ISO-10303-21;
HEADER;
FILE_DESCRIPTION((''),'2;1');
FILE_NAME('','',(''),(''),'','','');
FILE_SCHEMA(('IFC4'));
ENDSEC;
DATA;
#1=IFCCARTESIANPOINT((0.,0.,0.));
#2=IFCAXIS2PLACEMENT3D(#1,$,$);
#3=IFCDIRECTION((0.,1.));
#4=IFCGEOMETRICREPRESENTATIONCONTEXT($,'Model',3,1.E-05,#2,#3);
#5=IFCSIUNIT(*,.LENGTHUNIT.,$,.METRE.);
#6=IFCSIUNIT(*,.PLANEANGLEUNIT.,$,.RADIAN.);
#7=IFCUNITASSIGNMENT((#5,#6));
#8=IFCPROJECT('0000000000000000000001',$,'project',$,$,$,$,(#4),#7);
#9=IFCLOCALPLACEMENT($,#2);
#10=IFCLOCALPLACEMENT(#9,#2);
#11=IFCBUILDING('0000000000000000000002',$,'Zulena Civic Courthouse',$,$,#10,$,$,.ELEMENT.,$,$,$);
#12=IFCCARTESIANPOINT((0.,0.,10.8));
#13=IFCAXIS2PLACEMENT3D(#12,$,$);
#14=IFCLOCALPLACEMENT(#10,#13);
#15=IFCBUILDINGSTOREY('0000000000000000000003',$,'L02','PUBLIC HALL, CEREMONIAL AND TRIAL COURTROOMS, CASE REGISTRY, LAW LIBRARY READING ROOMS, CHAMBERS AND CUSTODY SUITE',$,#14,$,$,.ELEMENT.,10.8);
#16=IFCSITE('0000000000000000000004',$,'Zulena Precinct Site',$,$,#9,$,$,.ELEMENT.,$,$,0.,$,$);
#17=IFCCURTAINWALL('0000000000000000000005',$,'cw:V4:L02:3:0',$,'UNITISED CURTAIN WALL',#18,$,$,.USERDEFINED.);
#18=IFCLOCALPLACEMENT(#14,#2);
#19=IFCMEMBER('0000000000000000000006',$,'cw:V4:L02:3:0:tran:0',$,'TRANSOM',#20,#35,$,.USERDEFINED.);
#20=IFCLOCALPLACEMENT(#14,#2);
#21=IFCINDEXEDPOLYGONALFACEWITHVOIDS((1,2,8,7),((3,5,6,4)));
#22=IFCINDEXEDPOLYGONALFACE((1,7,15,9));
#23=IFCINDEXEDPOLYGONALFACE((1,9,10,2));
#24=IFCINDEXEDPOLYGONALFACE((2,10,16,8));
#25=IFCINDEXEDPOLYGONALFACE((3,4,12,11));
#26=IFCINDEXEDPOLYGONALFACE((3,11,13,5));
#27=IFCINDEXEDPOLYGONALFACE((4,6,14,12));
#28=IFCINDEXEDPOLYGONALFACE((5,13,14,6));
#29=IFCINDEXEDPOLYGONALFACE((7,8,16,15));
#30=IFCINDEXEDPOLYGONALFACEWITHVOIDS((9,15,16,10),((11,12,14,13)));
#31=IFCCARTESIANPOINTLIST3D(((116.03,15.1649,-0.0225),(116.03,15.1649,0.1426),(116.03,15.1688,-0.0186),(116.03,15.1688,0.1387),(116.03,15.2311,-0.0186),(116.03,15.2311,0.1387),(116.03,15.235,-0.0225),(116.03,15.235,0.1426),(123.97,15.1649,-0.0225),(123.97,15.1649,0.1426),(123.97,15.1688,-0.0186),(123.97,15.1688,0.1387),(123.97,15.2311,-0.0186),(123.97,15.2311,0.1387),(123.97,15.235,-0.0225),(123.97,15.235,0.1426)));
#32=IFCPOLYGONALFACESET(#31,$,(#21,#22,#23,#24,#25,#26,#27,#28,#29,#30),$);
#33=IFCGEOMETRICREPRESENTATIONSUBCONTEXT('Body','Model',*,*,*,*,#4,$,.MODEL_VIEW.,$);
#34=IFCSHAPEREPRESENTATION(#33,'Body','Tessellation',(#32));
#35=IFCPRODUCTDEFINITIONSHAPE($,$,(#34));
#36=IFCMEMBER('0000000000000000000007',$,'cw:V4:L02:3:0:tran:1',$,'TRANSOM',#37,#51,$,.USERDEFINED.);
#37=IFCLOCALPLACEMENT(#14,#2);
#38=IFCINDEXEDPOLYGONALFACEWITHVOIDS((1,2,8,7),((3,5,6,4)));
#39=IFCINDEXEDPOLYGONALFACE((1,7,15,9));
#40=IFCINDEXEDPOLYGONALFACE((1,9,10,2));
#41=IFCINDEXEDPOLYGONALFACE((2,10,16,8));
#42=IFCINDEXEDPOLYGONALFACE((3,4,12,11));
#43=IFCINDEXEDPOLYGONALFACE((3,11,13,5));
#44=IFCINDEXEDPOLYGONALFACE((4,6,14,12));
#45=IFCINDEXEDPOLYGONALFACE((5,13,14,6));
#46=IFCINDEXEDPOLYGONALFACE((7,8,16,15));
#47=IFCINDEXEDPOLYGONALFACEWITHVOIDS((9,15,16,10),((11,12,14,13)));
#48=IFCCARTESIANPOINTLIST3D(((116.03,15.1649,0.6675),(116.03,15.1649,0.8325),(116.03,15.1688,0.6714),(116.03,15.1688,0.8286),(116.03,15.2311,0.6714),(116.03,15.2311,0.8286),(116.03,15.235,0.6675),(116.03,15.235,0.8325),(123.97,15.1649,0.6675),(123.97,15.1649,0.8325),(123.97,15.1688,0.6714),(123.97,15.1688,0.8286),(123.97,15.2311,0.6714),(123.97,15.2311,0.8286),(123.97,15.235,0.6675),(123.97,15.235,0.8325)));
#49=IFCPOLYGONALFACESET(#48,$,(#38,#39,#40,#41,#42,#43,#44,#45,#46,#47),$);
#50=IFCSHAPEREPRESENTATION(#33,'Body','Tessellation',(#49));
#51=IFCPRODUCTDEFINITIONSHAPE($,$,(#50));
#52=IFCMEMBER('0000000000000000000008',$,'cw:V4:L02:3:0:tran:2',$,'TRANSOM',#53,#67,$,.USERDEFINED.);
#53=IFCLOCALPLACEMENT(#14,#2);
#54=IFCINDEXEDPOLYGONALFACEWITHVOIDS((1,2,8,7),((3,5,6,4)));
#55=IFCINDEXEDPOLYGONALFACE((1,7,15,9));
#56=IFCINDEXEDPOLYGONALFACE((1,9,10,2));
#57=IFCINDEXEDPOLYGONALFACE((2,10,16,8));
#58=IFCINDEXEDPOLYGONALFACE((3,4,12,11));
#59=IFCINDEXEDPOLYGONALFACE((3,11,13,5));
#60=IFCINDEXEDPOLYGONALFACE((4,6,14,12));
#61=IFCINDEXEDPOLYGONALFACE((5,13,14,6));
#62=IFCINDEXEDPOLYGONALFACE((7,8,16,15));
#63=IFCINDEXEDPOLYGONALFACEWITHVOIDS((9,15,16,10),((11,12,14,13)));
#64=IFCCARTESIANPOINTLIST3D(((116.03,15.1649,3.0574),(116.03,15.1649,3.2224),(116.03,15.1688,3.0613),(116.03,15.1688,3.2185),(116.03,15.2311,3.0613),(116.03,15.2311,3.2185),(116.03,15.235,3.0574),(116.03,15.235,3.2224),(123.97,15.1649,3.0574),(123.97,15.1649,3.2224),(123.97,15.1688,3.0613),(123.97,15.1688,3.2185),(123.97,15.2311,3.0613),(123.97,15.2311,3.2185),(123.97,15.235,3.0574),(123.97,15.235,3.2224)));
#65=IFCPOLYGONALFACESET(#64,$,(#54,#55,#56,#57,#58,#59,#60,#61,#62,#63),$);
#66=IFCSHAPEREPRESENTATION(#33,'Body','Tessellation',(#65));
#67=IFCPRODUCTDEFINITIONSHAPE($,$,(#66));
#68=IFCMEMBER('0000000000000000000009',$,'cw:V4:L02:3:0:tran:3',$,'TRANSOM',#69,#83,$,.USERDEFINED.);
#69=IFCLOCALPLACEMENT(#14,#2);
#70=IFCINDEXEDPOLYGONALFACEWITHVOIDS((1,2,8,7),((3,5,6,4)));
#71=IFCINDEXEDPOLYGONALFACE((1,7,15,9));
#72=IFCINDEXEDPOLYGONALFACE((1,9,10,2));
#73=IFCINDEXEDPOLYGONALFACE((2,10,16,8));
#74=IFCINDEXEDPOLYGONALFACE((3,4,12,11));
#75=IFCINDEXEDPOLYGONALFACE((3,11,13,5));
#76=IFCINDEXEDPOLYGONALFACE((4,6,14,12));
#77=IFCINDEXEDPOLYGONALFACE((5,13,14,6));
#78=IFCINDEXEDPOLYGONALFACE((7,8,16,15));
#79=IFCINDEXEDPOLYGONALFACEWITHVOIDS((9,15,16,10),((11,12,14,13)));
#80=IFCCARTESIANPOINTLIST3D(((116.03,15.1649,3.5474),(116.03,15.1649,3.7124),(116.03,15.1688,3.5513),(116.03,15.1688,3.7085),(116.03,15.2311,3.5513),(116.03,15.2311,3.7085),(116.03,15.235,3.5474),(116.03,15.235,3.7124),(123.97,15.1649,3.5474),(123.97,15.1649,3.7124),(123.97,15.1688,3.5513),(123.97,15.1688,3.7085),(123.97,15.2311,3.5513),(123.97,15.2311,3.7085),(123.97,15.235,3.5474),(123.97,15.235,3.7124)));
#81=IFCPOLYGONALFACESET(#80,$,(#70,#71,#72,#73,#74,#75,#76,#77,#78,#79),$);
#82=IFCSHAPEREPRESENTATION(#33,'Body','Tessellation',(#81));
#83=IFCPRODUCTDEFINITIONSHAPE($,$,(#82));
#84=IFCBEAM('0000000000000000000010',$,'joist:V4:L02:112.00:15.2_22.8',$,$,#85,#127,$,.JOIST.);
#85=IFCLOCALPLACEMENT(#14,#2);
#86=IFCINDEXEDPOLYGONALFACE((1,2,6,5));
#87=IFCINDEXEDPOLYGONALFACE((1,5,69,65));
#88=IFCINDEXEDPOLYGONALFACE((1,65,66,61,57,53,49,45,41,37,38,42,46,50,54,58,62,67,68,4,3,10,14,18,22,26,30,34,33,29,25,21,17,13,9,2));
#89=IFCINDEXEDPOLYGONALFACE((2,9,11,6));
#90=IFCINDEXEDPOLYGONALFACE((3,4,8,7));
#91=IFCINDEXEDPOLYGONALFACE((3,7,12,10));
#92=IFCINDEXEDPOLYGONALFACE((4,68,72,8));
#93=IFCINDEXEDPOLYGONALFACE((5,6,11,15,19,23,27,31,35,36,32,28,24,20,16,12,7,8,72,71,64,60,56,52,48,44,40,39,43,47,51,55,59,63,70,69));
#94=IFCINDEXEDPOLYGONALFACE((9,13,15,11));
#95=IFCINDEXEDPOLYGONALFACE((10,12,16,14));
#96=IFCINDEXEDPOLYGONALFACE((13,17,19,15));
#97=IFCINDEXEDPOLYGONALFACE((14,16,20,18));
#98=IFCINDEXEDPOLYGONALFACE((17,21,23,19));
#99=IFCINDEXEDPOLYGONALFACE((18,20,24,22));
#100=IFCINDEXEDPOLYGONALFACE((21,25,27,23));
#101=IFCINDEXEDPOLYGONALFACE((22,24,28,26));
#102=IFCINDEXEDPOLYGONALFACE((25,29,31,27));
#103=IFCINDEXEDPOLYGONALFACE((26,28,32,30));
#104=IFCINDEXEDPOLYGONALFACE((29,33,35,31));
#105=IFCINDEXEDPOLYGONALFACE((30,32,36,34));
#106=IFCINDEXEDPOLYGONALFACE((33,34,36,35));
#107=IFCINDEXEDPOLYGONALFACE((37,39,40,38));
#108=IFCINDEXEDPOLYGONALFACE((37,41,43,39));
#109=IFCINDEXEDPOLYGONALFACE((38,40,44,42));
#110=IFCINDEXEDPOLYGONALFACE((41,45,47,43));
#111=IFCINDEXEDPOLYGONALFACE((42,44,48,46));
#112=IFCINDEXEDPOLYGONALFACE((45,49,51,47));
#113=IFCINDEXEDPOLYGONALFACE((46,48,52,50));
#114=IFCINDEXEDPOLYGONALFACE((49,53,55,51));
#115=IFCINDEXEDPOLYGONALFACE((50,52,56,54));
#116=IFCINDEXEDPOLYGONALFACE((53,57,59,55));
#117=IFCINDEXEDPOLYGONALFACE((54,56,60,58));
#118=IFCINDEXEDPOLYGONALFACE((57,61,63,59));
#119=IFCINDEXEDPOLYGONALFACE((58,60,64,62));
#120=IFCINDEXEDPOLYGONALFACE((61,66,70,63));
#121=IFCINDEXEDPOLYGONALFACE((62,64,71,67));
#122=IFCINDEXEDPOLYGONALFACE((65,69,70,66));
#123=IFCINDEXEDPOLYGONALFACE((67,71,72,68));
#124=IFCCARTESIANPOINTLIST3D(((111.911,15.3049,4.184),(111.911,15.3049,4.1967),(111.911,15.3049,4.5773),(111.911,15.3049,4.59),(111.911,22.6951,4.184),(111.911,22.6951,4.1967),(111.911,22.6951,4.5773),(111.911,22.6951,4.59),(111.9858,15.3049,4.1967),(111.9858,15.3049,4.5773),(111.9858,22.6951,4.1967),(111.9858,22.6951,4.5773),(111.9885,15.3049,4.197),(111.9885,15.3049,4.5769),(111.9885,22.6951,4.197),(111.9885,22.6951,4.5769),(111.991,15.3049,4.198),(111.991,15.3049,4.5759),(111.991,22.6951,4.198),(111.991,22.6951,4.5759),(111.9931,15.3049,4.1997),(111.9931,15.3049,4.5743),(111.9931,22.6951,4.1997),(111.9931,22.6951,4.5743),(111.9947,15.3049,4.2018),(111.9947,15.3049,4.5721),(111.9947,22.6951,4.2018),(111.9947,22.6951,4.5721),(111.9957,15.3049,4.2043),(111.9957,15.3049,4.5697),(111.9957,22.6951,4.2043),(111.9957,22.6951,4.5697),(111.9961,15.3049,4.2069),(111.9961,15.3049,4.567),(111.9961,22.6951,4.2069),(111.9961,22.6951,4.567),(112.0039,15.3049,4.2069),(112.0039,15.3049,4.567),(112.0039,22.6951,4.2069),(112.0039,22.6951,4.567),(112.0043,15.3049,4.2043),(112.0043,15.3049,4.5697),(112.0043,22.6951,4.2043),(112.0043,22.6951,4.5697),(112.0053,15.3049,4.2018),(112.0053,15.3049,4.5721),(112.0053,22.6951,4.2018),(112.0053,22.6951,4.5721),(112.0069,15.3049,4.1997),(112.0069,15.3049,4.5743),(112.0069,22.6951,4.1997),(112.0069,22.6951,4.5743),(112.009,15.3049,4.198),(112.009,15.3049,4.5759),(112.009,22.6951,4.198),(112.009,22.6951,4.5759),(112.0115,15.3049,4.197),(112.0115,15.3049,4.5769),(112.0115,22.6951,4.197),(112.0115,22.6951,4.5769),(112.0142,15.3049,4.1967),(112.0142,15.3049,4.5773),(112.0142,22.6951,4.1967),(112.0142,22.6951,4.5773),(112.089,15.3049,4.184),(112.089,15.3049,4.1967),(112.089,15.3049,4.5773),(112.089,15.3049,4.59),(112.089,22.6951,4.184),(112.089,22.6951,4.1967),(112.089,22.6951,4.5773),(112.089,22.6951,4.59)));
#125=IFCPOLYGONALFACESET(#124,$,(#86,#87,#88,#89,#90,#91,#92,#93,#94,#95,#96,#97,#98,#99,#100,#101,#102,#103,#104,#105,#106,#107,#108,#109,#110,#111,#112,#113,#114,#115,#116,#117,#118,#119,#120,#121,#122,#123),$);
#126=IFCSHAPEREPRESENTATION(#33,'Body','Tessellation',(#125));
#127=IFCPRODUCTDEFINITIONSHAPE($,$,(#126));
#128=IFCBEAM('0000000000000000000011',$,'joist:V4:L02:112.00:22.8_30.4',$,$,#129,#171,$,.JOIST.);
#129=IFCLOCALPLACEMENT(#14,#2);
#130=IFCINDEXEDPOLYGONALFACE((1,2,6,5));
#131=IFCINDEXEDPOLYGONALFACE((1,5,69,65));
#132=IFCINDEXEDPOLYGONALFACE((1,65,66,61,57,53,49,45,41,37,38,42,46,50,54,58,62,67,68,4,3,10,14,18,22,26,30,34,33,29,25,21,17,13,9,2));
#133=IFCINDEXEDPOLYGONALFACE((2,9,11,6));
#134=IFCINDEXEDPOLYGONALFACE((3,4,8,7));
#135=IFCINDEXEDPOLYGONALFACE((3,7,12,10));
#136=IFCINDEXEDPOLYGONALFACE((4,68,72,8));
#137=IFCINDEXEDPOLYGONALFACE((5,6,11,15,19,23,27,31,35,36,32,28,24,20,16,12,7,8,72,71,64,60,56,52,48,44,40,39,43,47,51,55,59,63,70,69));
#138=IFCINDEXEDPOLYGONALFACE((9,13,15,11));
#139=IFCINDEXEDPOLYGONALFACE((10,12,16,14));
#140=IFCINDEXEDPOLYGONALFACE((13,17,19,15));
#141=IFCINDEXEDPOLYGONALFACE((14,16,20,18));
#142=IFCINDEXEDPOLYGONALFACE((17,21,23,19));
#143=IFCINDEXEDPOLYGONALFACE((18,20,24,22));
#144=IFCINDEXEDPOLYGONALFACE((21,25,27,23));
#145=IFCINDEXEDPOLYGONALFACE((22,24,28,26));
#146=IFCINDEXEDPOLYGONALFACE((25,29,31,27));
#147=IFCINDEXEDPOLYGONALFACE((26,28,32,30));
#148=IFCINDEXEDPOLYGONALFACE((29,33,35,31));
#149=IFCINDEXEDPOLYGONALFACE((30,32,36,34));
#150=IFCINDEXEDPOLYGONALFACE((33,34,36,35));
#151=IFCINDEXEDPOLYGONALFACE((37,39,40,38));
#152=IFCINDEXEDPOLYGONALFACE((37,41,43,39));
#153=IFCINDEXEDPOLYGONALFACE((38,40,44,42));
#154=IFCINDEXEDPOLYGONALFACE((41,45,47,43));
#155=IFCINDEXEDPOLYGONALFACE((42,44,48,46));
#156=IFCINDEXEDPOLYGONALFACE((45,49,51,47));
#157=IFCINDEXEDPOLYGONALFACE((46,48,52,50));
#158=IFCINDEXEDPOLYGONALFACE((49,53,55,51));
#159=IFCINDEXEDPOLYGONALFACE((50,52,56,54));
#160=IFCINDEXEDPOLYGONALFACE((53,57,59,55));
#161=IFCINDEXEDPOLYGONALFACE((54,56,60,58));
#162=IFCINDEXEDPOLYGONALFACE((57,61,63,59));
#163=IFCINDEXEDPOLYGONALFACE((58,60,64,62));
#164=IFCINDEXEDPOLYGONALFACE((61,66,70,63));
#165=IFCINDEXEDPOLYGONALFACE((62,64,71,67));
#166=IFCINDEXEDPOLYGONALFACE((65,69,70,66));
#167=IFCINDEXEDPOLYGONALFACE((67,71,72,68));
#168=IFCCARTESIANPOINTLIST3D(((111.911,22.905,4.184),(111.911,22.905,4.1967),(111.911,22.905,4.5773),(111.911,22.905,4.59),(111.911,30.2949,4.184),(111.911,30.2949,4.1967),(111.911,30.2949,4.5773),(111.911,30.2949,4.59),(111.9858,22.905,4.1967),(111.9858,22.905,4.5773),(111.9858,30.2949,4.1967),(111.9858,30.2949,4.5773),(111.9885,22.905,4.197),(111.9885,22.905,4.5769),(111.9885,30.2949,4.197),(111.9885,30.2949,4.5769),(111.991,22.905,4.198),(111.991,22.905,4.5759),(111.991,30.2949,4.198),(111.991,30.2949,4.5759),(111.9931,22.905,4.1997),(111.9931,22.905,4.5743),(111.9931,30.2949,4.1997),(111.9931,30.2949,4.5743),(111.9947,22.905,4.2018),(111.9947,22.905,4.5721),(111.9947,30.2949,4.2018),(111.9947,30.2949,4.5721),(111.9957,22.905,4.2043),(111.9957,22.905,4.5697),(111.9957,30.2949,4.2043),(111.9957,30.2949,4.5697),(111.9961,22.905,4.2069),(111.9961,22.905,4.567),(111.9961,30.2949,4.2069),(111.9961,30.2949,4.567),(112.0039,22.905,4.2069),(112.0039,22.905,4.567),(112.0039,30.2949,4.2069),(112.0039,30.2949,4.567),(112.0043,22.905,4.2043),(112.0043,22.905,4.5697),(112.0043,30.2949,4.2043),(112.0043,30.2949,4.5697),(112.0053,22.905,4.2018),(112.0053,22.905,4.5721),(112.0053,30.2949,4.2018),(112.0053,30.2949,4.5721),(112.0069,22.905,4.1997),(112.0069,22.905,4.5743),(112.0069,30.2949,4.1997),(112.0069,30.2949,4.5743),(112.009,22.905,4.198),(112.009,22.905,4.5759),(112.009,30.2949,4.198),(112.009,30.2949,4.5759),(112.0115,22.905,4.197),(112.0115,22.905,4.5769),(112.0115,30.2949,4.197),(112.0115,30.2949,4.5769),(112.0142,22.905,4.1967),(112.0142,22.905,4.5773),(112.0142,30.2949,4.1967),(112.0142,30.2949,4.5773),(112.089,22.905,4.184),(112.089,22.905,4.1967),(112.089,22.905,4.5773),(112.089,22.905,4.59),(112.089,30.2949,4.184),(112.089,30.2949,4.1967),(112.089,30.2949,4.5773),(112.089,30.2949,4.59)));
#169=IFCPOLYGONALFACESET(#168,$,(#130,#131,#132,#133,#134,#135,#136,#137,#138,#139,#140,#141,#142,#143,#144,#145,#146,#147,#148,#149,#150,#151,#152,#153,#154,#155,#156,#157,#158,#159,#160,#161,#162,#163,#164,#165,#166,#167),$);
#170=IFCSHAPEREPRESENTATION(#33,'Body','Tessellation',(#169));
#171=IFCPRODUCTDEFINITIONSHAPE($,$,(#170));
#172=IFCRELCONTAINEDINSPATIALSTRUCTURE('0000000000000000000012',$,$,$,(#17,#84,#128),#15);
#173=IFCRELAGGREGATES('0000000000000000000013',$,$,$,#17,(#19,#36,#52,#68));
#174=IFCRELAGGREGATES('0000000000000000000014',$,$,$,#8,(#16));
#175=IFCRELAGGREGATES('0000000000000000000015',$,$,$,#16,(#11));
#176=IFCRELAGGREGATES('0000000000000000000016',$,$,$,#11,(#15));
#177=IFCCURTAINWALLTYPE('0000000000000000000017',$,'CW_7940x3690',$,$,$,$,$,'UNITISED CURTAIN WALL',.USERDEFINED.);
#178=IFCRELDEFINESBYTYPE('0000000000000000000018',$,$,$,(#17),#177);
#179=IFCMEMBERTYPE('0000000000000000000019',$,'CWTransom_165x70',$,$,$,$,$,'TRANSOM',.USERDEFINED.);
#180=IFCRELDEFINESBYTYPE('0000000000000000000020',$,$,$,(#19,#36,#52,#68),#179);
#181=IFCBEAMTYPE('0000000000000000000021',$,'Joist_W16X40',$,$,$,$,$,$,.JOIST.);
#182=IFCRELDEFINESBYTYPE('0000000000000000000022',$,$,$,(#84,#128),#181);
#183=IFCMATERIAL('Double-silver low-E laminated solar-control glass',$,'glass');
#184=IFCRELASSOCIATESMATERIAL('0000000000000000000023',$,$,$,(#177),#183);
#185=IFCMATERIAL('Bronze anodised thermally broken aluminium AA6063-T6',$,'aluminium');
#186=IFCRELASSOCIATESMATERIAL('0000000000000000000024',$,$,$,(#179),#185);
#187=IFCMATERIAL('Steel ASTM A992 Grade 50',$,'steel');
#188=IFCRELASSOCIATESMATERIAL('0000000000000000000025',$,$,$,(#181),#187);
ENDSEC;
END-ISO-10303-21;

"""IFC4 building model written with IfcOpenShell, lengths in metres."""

from ifc_helpers import new_model, si_unit, direction, frame, origin, origin_2d, place, context, subcontext, project, spatial, hollow_rectangle, i_section, extrude, material, material_profile, profile_set, type_object, element, aggregate, save


model = new_model("IFC4")

# Units and contexts
model_context = context("Model", 3, precision=1e-05, world=origin(), true_north=direction((0.0, 1.0)))
body_context = subcontext(model_context, "Body", "Model", "MODEL_VIEW")
ifc_project = project(units=[si_unit("LENGTHUNIT", "METRE"), si_unit("PLANEANGLEUNIT", "RADIAN")], contexts=[model_context])

# Site, building, storey
site_placement = place(None, origin())
site = spatial("IfcSite", under=ifc_project, at=site_placement, Name="Zulena Precinct Site", CompositionType="ELEMENT", RefElevation=0.0)
building_placement = place(site_placement, origin())
building = spatial("IfcBuilding", under=site, at=building_placement, Name="Zulena Civic Courthouse", CompositionType="ELEMENT")
storey_placement = place(building_placement, frame((0.0, 0.0, 10.8)))
storey = spatial("IfcBuildingStorey", under=building, at=storey_placement, Name="L02", Description="PUBLIC HALL, CEREMONIAL AND TRIAL COURTROOMS, CASE REGISTRY, LAW LIBRARY READING ROOMS, CHAMBERS AND CUSTODY SUITE", CompositionType="ELEMENT", Elevation=10.8)

# Shared definitions
ifc_material_1 = material(Name="Steel ASTM A992 Grade 50", Category="steel")

# Curtain wall, members
ifc_material_2 = material(Name="Double-silver low-E laminated solar-control glass", Category="glass")
curtain_wall_type = type_object("IfcCurtainWallType", Name="CW_7940x3690", ElementType="UNITISED CURTAIN WALL", PredefinedType="USERDEFINED", material=ifc_material_2)
curtain_wall_placement = place(storey_placement, origin())
curtain_wall = element("IfcCurtainWall", 1, at=curtain_wall_placement, inside=storey, type_object=curtain_wall_type, Name="cw:V4:L02:3:0", ObjectType="UNITISED CURTAIN WALL", PredefinedType="USERDEFINED")
ifc_material_3 = material(Name="Bronze anodised thermally broken aluminium AA6063-T6", Category="aluminium")
ifc_material_profile_1 = material_profile(ifc_material_3, hollow_rectangle(XDim=0.0701, YDim=0.165, WallThickness=0.0039, at=origin_2d()), Name="CWT165X70X4")
ifc_profile_set_1 = profile_set([ifc_material_profile_1], Name="Bronze anodised thermally broken aluminium AA6063-T6")
member_type_1 = type_object("IfcMemberType", Name="CWTransom_165x70", ElementType="TRANSOM", PredefinedType="USERDEFINED", material=ifc_profile_set_1)
member_1_placement = place(storey_placement, frame((123.97, 15.2, 0.0601), z_axis=(-1.0, 0.0, 0.0), x_axis=(0.0, -1.0, 0.0)))
member_1 = element("IfcMember", 2, at=member_1_placement, type_object=member_type_1, Name="cw:V4:L02:3:0:tran:0", ObjectType="TRANSOM", PredefinedType="USERDEFINED", context=body_context, shape_type="SweptSolid", body=[
    extrude(hollow_rectangle(XDim=0.0701, YDim=0.165, WallThickness=0.0039, at=origin_2d()), origin(), (0.0, 0.0, 1.0), 7.9399),
])
member_2_placement = place(storey_placement, frame((123.97, 15.2, 0.75), z_axis=(-1.0, 0.0, 0.0), x_axis=(0.0, -1.0, 0.0)))
member_2 = element("IfcMember", 3, at=member_2_placement, type_object=member_type_1, Name="cw:V4:L02:3:0:tran:1", ObjectType="TRANSOM", PredefinedType="USERDEFINED", context=body_context, shape_type="SweptSolid", body=[
    extrude(hollow_rectangle(XDim=0.0701, YDim=0.165, WallThickness=0.0039, at=origin_2d()), origin(), (0.0, 0.0, 1.0), 7.9399),
])
member_3_placement = place(storey_placement, frame((123.97, 15.2, 3.1399), z_axis=(-1.0, 0.0, 0.0), x_axis=(0.0, -1.0, 0.0)))
member_3 = element("IfcMember", 4, at=member_3_placement, type_object=member_type_1, Name="cw:V4:L02:3:0:tran:2", ObjectType="TRANSOM", PredefinedType="USERDEFINED", context=body_context, shape_type="SweptSolid", body=[
    extrude(hollow_rectangle(XDim=0.0701, YDim=0.165, WallThickness=0.0039, at=origin_2d()), origin(), (0.0, 0.0, 1.0), 7.9399),
])
member_4_placement = place(storey_placement, frame((123.97, 15.2, 3.6299), z_axis=(-1.0, 0.0, 0.0), x_axis=(0.0, -1.0, 0.0)))
member_4 = element("IfcMember", 5, at=member_4_placement, type_object=member_type_1, Name="cw:V4:L02:3:0:tran:3", ObjectType="TRANSOM", PredefinedType="USERDEFINED", context=body_context, shape_type="SweptSolid", body=[
    extrude(hollow_rectangle(XDim=0.0701, YDim=0.165, WallThickness=0.0039, at=origin_2d()), origin(), (0.0, 0.0, 1.0), 7.9399),
])

# Beams
ifc_material_profile_2 = material_profile(ifc_material_1, i_section(OverallWidth=0.178, OverallDepth=0.406, WebThickness=0.0078, FlangeThickness=0.0127, FilletRadius=0.0103, at=origin_2d()), Name="W16X40")
ifc_profile_set_2 = profile_set([ifc_material_profile_2], Name="Steel ASTM A992 Grade 50")
beam_type_1 = type_object("IfcBeamType", Name="Joist_W16X40", PredefinedType="JOIST", material=ifc_profile_set_2)
beam_1_placement = place(storey_placement, frame((112.0, 15.3049, 4.387), z_axis=(0.0, 1.0, 0.0), x_axis=(-1.0, 0.0, 0.0)))
element("IfcBeam", 6, at=beam_1_placement, inside=storey, type_object=beam_type_1, Name="joist:V4:L02:112.00:15.2_22.8", PredefinedType="JOIST", context=body_context, shape_type="SweptSolid", body=[
    extrude(i_section(OverallWidth=0.178, OverallDepth=0.406, WebThickness=0.0078, FlangeThickness=0.0127, FilletRadius=0.0103, at=origin_2d()), origin(), (0.0, 0.0, 1.0), 7.3901),
])
beam_2_placement = place(storey_placement, frame((112.0, 22.905, 4.387), z_axis=(0.0, 1.0, 0.0), x_axis=(-1.0, 0.0, 0.0)))
element("IfcBeam", 7, at=beam_2_placement, inside=storey, type_object=beam_type_1, Name="joist:V4:L02:112.00:22.8_30.4", PredefinedType="JOIST", context=body_context, shape_type="SweptSolid", body=[
    extrude(i_section(OverallWidth=0.178, OverallDepth=0.406, WebThickness=0.0078, FlangeThickness=0.0127, FilletRadius=0.0103, at=origin_2d()), origin(), (0.0, 0.0, 1.0), 7.3899),
])

aggregate(curtain_wall, [member_1, member_2, member_3, member_4])

save(model, "model.ifc")
